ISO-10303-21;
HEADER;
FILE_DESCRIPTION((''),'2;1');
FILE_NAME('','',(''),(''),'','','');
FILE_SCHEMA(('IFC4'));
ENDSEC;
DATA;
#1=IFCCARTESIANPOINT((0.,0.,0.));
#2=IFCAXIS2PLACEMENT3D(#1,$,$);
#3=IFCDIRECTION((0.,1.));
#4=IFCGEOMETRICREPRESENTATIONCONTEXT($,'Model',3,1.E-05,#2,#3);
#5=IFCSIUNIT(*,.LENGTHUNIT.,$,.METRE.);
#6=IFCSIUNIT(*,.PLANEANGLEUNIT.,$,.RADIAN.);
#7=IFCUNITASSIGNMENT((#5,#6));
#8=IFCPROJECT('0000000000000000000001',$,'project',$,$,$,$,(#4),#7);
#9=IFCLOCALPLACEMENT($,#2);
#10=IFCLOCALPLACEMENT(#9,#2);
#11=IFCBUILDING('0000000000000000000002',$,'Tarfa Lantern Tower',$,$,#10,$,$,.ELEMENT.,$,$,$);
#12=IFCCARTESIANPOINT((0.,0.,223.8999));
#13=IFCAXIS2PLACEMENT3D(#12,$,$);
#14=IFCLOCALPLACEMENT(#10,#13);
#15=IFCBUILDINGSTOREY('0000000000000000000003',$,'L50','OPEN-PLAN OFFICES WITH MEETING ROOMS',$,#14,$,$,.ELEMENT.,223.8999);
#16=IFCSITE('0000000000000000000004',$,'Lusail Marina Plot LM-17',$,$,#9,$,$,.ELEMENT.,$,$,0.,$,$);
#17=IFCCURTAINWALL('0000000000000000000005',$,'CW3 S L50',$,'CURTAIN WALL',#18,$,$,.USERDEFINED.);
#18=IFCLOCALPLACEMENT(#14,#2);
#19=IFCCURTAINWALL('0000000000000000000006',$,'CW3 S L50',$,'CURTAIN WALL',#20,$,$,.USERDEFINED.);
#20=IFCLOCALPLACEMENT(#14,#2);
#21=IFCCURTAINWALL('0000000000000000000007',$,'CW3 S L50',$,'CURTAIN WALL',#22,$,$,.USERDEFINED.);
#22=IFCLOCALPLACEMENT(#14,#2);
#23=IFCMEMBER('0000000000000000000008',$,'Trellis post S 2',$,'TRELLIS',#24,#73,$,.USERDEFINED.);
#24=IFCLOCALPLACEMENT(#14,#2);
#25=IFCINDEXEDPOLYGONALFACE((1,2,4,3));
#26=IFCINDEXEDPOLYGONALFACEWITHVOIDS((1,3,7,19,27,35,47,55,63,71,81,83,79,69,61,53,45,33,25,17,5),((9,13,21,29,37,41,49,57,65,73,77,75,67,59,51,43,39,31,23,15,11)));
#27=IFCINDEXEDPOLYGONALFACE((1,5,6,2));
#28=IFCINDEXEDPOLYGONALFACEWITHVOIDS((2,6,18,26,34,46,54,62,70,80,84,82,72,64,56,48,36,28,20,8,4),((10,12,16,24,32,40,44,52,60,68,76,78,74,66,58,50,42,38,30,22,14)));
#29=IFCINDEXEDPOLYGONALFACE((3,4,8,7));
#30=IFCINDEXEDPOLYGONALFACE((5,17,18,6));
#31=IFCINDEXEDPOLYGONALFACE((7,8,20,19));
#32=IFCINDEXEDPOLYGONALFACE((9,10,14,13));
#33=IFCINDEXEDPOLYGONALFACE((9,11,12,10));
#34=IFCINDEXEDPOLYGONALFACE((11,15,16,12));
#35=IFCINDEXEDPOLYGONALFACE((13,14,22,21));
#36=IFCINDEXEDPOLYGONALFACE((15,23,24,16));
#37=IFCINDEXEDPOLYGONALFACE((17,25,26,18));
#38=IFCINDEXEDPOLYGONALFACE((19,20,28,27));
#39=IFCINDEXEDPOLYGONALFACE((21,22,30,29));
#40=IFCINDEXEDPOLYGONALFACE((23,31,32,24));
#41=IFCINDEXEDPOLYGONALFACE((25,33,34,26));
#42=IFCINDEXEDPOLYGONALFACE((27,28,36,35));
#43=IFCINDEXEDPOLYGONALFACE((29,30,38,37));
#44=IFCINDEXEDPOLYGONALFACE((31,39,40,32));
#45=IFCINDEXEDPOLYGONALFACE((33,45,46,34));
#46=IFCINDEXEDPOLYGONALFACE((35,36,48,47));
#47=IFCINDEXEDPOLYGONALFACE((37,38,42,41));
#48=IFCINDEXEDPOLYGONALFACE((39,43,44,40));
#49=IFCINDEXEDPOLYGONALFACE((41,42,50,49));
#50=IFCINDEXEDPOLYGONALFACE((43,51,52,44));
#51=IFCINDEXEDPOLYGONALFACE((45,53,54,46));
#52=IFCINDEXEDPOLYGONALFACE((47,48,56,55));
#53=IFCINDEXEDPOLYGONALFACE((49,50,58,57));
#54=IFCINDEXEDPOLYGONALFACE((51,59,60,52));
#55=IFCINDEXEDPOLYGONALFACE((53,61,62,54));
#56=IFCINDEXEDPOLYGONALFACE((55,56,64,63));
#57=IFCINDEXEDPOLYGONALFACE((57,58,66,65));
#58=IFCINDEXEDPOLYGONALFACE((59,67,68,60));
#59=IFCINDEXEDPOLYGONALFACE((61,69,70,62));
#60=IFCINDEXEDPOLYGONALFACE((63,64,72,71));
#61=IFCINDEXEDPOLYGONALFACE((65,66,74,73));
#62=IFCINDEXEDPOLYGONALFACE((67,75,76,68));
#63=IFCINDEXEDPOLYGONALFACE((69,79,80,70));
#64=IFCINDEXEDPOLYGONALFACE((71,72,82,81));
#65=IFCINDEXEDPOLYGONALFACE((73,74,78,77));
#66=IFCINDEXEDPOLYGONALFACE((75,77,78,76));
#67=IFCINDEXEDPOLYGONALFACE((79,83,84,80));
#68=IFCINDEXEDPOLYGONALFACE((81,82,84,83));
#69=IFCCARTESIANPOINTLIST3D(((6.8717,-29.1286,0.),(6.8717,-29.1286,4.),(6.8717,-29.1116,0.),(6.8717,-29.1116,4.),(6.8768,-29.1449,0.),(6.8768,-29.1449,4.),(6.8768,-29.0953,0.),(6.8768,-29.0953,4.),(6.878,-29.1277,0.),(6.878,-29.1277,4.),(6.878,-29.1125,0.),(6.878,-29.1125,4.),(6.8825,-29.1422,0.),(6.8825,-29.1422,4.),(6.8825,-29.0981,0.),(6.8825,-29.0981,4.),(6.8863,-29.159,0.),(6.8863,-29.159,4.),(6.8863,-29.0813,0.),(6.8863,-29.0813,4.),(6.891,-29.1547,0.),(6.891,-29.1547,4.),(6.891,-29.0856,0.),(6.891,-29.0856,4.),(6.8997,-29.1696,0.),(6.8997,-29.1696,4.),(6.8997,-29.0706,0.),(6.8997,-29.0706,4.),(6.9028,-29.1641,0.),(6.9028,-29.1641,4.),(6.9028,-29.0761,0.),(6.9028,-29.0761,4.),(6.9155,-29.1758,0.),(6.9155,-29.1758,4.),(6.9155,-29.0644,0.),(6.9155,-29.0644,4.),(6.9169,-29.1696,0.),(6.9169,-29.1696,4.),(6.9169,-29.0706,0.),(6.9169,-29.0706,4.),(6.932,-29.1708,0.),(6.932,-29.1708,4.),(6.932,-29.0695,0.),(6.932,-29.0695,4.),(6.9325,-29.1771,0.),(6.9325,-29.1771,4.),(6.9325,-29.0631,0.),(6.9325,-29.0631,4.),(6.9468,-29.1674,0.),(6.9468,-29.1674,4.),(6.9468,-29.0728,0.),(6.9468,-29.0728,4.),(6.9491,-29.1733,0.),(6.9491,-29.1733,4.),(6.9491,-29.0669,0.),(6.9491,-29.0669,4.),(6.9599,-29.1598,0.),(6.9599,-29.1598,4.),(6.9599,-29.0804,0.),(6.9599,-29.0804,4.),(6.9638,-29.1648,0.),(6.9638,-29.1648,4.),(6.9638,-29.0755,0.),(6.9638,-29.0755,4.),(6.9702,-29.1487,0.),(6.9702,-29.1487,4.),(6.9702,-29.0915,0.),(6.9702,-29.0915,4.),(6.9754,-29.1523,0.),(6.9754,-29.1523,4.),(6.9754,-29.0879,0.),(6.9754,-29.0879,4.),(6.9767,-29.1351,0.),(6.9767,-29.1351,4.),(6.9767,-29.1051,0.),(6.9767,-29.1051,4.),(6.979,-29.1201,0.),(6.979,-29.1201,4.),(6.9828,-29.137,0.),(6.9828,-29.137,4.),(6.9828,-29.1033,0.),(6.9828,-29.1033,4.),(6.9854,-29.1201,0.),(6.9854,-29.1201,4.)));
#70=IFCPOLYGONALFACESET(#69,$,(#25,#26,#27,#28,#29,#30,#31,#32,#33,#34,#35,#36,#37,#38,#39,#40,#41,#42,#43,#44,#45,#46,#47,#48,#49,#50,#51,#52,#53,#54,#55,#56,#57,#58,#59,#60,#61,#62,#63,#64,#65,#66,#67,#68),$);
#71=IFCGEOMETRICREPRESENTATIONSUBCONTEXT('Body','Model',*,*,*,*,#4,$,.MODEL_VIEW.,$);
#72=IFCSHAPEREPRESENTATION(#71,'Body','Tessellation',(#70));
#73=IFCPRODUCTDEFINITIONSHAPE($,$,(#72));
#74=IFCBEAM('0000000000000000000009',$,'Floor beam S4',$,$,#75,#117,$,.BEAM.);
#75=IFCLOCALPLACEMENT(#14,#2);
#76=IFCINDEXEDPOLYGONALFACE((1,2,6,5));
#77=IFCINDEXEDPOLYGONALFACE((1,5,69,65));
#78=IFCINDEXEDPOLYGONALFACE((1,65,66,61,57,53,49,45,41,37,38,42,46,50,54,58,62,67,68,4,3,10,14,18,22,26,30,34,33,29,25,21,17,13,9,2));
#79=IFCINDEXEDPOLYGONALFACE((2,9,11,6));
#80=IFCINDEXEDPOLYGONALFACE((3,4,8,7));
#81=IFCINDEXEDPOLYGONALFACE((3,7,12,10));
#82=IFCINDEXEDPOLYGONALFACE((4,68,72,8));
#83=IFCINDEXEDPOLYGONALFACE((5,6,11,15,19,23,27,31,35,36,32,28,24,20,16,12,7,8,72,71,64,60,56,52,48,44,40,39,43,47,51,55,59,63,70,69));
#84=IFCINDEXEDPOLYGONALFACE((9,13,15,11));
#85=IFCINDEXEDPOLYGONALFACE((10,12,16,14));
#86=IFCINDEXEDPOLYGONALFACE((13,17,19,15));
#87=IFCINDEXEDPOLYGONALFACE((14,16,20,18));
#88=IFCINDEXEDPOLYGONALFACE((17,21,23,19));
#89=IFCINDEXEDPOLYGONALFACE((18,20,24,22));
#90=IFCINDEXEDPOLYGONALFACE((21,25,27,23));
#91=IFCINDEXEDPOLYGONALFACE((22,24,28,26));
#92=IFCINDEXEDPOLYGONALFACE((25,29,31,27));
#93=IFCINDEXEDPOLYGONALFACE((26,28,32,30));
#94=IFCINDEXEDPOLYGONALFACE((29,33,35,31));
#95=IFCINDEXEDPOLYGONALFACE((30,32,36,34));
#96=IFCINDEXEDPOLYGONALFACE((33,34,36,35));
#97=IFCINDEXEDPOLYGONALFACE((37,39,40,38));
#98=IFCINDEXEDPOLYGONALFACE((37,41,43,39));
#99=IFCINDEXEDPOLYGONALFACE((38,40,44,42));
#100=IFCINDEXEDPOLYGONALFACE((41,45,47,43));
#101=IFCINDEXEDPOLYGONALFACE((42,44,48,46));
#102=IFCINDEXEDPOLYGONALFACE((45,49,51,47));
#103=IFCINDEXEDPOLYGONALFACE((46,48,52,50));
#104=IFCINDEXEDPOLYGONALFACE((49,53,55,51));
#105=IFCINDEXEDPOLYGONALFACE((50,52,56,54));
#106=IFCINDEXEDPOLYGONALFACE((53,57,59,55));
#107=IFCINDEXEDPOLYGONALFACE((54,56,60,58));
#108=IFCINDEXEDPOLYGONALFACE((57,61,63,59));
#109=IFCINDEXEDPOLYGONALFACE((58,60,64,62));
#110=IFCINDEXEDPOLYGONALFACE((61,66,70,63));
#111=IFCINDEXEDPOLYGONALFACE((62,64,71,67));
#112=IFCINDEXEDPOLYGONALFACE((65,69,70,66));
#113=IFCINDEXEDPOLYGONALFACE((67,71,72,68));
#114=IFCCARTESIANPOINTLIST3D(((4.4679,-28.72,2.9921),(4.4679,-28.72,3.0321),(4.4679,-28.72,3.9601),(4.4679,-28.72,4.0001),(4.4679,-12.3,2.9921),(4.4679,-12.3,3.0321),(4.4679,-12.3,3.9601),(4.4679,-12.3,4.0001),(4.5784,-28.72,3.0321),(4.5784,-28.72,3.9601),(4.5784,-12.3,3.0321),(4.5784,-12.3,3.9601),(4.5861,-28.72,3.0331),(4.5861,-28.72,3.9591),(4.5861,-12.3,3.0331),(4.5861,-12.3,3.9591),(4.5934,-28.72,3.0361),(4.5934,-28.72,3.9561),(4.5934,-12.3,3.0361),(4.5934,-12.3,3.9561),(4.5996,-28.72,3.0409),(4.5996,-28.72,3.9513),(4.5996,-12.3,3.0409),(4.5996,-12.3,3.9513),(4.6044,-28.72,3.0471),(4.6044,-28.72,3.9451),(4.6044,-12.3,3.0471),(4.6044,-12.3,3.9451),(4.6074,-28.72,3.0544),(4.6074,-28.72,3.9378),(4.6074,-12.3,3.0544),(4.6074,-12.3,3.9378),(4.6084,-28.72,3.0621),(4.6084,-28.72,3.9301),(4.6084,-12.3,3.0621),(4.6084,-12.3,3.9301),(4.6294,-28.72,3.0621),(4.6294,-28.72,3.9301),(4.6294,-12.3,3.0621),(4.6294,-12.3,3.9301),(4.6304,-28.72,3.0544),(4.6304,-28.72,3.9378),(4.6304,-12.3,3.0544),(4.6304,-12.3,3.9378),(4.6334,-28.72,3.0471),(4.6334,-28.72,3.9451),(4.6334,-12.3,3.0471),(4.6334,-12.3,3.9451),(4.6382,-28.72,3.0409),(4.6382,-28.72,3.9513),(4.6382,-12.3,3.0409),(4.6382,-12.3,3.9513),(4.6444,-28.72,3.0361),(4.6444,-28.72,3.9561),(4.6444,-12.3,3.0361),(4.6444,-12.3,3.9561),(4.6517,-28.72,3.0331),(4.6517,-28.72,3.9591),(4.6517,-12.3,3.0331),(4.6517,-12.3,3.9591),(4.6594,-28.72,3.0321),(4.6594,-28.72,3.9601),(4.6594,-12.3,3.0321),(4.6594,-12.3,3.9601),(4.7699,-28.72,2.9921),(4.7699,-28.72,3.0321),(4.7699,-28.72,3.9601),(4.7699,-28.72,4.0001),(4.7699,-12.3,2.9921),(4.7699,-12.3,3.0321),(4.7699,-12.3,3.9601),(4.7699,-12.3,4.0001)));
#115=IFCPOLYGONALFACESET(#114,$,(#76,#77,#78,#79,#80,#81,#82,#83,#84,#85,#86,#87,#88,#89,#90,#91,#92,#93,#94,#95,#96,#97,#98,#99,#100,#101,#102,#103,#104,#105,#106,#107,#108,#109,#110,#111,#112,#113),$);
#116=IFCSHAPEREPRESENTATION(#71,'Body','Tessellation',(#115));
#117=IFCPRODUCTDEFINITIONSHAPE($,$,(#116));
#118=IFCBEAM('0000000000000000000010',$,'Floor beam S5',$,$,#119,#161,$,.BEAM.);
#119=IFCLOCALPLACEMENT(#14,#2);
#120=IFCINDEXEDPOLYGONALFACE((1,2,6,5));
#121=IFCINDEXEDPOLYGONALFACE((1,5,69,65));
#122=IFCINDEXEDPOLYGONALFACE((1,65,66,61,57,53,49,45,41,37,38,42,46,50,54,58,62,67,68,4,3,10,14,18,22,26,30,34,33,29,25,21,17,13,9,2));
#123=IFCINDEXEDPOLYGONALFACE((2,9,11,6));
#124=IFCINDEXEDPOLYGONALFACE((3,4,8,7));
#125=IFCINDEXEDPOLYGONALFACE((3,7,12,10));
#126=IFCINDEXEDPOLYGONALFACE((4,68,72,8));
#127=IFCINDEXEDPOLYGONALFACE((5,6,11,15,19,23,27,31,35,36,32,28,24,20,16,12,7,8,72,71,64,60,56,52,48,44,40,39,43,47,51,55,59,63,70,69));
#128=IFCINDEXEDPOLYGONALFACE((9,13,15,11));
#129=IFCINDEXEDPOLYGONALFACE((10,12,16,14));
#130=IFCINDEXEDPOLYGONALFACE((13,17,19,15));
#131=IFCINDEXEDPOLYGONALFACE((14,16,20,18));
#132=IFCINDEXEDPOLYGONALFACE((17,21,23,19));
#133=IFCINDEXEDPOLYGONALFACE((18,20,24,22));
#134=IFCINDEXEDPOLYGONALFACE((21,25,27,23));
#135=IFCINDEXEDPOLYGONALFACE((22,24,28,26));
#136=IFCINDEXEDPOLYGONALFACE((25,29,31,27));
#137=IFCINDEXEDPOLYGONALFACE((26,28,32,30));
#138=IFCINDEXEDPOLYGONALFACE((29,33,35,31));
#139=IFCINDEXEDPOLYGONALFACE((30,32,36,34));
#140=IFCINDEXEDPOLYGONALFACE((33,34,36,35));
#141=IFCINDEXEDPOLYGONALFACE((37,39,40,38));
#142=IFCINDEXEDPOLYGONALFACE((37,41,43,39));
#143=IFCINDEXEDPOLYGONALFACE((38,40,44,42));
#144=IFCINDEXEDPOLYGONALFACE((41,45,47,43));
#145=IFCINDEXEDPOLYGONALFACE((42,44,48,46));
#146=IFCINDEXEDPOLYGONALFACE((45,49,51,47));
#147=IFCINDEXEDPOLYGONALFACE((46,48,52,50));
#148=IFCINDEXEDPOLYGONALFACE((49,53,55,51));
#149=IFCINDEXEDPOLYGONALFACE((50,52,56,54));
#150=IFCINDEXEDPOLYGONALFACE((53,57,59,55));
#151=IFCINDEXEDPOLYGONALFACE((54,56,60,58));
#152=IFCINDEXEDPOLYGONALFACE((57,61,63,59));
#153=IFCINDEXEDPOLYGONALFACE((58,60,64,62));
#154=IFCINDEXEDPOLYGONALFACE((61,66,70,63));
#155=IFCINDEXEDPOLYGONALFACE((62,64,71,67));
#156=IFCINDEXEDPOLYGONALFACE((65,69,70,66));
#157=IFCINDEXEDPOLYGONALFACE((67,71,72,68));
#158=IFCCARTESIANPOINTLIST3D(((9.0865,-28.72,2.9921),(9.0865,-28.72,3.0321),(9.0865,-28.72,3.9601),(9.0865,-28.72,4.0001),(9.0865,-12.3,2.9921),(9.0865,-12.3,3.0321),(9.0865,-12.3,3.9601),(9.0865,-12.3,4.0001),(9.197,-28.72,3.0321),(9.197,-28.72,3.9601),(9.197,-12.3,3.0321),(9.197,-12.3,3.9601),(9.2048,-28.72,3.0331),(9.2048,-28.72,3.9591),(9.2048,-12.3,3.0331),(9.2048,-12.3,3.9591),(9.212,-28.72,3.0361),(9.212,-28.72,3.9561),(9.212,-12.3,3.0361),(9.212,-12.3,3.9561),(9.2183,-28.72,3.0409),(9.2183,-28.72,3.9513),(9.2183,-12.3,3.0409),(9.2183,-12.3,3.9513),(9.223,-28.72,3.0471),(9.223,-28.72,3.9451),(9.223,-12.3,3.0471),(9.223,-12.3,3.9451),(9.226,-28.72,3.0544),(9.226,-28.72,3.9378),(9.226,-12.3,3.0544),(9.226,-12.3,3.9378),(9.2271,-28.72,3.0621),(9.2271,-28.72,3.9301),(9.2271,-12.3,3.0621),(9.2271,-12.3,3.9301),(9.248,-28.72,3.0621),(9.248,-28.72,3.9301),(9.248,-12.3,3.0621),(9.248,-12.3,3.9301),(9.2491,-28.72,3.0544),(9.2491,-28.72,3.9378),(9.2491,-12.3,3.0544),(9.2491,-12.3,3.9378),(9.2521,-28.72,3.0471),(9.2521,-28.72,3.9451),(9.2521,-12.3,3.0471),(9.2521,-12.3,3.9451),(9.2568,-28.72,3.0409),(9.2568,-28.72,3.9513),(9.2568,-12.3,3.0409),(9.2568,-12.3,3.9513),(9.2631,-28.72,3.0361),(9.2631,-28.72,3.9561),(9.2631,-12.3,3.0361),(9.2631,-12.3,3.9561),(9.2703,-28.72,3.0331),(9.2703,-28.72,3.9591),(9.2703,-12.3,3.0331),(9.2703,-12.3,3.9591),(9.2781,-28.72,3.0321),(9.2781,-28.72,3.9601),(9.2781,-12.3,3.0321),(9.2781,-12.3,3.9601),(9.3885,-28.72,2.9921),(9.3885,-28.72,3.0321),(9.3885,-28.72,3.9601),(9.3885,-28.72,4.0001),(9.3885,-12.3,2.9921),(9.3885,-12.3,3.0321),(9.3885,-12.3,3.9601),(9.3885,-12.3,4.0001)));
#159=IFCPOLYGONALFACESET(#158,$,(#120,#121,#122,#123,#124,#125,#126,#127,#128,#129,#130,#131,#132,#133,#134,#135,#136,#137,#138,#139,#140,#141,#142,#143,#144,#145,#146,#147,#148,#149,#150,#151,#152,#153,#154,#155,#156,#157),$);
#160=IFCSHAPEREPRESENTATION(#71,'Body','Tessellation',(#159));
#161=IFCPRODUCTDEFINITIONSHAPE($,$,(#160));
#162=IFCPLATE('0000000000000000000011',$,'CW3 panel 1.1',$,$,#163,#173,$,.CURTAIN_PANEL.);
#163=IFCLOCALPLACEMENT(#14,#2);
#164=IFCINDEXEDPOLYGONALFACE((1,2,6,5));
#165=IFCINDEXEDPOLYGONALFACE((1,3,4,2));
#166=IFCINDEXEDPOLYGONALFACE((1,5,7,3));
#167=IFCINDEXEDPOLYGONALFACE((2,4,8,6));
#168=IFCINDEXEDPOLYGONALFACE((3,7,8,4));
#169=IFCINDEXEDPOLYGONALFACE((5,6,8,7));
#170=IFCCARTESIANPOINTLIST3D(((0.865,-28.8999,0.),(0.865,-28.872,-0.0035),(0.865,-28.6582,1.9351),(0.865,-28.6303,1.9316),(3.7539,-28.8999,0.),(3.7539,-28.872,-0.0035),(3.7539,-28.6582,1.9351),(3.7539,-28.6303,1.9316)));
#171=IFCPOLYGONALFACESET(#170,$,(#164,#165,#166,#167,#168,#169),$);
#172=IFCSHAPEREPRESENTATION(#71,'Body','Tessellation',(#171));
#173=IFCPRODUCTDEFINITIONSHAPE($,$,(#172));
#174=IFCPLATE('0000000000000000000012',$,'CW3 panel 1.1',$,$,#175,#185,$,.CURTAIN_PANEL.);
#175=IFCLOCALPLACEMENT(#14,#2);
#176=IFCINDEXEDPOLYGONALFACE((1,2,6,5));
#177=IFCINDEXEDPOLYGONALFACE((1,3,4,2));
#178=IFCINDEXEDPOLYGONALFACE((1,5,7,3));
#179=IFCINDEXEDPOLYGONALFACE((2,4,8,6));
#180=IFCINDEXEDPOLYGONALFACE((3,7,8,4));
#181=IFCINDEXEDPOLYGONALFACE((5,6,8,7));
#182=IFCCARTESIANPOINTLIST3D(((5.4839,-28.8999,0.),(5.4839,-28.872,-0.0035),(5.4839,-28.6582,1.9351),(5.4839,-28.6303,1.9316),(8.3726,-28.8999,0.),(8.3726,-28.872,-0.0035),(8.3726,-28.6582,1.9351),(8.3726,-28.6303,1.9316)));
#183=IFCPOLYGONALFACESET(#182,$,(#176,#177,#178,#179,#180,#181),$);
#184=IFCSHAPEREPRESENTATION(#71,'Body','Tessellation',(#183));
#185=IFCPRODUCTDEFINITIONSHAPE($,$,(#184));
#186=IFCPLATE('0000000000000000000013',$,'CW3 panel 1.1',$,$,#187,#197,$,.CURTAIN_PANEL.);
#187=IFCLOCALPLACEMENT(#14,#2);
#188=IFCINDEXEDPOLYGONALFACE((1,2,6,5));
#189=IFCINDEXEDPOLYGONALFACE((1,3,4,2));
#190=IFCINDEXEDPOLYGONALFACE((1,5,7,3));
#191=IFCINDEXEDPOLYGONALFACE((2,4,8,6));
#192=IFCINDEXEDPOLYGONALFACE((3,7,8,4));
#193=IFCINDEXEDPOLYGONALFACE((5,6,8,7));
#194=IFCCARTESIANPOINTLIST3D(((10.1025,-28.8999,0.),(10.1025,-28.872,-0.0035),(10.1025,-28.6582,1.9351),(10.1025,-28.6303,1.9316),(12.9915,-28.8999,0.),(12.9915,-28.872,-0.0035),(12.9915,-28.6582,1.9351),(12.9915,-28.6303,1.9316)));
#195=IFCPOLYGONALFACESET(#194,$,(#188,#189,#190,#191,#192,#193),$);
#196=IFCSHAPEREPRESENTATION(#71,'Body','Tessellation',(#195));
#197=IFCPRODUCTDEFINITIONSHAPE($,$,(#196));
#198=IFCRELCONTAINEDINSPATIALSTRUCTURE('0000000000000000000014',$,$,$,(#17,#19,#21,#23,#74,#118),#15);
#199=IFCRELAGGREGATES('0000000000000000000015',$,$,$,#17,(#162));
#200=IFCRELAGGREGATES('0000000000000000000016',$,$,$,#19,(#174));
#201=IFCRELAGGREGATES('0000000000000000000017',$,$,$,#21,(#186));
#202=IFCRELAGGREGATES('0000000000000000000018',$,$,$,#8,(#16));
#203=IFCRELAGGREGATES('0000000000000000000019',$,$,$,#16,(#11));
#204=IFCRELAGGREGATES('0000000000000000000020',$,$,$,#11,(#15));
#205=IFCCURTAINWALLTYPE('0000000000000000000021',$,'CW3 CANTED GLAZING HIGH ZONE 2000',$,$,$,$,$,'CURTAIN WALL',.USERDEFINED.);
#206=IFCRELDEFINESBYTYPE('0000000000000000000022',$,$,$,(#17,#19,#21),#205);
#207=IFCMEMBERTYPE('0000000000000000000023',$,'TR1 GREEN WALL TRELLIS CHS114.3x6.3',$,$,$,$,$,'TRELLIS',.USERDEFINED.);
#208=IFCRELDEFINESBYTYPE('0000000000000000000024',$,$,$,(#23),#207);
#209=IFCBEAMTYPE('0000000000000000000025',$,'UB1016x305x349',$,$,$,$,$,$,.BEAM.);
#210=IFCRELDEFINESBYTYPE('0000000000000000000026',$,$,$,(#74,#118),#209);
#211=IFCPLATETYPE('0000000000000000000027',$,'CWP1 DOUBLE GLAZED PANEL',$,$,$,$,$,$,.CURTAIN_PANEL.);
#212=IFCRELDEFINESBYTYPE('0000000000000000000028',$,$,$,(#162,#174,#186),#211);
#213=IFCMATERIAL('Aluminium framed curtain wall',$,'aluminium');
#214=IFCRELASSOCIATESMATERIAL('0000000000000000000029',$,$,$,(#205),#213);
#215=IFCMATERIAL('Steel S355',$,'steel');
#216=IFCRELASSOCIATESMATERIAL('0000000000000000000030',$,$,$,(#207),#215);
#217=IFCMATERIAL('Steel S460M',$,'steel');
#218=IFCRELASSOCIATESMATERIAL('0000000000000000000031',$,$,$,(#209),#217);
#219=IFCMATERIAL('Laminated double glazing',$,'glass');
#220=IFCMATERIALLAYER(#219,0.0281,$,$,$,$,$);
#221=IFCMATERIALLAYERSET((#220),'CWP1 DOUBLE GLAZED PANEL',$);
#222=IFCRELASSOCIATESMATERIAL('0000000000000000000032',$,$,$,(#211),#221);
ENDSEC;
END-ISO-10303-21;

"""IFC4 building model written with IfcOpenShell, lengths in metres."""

from ifc_helpers import new_model, si_unit, direction, frame, origin, origin_2d, place, context, subcontext, project, spatial, polyline, hollow_circle, i_section, outline, extrude, material, layer, layer_set, material_profile, profile_set, type_object, element, aggregate, save


model = new_model("IFC4")

# Units and contexts
model_context = context("Model", 3, precision=1e-05, world=origin(), true_north=direction((0.0, 1.0)))
body_context = subcontext(model_context, "Body", "Model", "MODEL_VIEW")
ifc_project = project(units=[si_unit("LENGTHUNIT", "METRE"), si_unit("PLANEANGLEUNIT", "RADIAN")], contexts=[model_context])

# Site, building, storey
site_placement = place(None, origin())
site = spatial("IfcSite", under=ifc_project, at=site_placement, Name="Lusail Marina Plot LM-17", CompositionType="ELEMENT", RefElevation=0.0)
building_placement = place(site_placement, origin())
building = spatial("IfcBuilding", under=site, at=building_placement, Name="Tarfa Lantern Tower", CompositionType="ELEMENT")
storey_placement = place(building_placement, frame((0.0, 0.0, 223.8999)))
storey = spatial("IfcBuildingStorey", under=building, at=storey_placement, Name="L50", Description="OPEN-PLAN OFFICES WITH MEETING ROOMS", CompositionType="ELEMENT", Elevation=223.8999)

# Curtain walls
ifc_material_1 = material(Name="Aluminium framed curtain wall", Category="aluminium")
curtain_wall_type = type_object("IfcCurtainWallType", Name="CW3 CANTED GLAZING HIGH ZONE 2000", ElementType="CURTAIN WALL", PredefinedType="USERDEFINED", material=ifc_material_1)
curtain_wall_1_placement = place(storey_placement, origin())
curtain_wall_1 = element("IfcCurtainWall", 1, at=curtain_wall_1_placement, inside=storey, type_object=curtain_wall_type, Name="CW3 S L50", ObjectType="CURTAIN WALL", PredefinedType="USERDEFINED")
curtain_wall_2_placement = place(storey_placement, origin())
curtain_wall_2 = element("IfcCurtainWall", 2, at=curtain_wall_2_placement, inside=storey, type_object=curtain_wall_type, Name="CW3 S L50", ObjectType="CURTAIN WALL", PredefinedType="USERDEFINED")
curtain_wall_3_placement = place(storey_placement, origin())
curtain_wall_3 = element("IfcCurtainWall", 3, at=curtain_wall_3_placement, inside=storey, type_object=curtain_wall_type, Name="CW3 S L50", ObjectType="CURTAIN WALL", PredefinedType="USERDEFINED")

# Member
ifc_material_2 = material(Name="Steel S355", Category="steel")
ifc_material_profile_1 = material_profile(ifc_material_2, hollow_circle(Radius=0.0571, WallThickness=0.0063, at=origin_2d()), Name="CHS114.3x6.3")
ifc_profile_set_1 = profile_set([ifc_material_profile_1], Name="Steel S355")
member_type_1 = type_object("IfcMemberType", Name="TR1 GREEN WALL TRELLIS CHS114.3x6.3", ElementType="TRELLIS", PredefinedType="USERDEFINED", material=ifc_profile_set_1)
member_1_placement = place(storey_placement, frame((6.9282, -29.1201, 0.0), z_axis=(0.0, 0.0, 1.0), x_axis=(1.0, 0.0, 0.0)))
element("IfcMember", 4, at=member_1_placement, inside=storey, type_object=member_type_1, Name="Trellis post S 2", ObjectType="TRELLIS", PredefinedType="USERDEFINED", context=body_context, shape_type="SweptSolid", body=[
    extrude(hollow_circle(Radius=0.0571, WallThickness=0.0063, at=origin_2d()), origin(), (0.0, 0.0, 1.0), 4.0),
])

# Beams
ifc_material_3 = material(Name="Steel S460M", Category="steel")
ifc_material_profile_2 = material_profile(ifc_material_3, i_section(OverallWidth=0.302, OverallDepth=1.0081, WebThickness=0.021, FlangeThickness=0.04, FilletRadius=0.03, at=origin_2d()), Name="UB1016x305x349")
ifc_profile_set_2 = profile_set([ifc_material_profile_2], Name="Steel S460M")
beam_type_1 = type_object("IfcBeamType", Name="UB1016x305x349", PredefinedType="BEAM", material=ifc_profile_set_2)
for number, where, z_axis, x_axis, name in (
    (5, (4.6189, -28.72, 3.4961), (0.0, 1.0, 0.0), (-1.0, 0.0, 0.0), "Floor beam S4"),
    (6, (9.2375, -28.72, 3.4961), (0.0, 1.0, 0.0), (-1.0, 0.0, 0.0), "Floor beam S5"),
):
    element("IfcBeam", number, at=place(storey_placement, frame(where, z_axis=z_axis, x_axis=x_axis)), inside=storey, type_object=beam_type_1, Name=name, PredefinedType="BEAM", context=body_context, shape_type="SweptSolid", body=[
        extrude(i_section(OverallWidth=0.302, OverallDepth=1.0081, WebThickness=0.021, FlangeThickness=0.04, FilletRadius=0.03, at=origin_2d()), origin(), (0.0, 0.0, 1.0), 16.4199),
    ])

# Plates
ifc_material_4 = material(Name="Laminated double glazing", Category="glass")
ifc_layer_1 = layer(ifc_material_4, 0.0281)
ifc_layer_set_1 = layer_set([ifc_layer_1], Name="CWP1 DOUBLE GLAZED PANEL")
plate_type = type_object("IfcPlateType", Name="CWP1 DOUBLE GLAZED PANEL", PredefinedType="CURTAIN_PANEL", material=ifc_layer_set_1)
plate_1_placement = place(storey_placement, frame((0.865, -28.8999, 0.0), z_axis=(0.0, -0.992289, 0.123942), x_axis=(1.0, 0.0, 0.0)))
plate_1 = element("IfcPlate", 7, at=plate_1_placement, type_object=plate_type, Name="CW3 panel 1.1", PredefinedType="CURTAIN_PANEL", context=body_context, shape_type="SweptSolid", body=[
    extrude(outline(polyline([(0.0, 0.0), (2.8889, 0.0), (2.8889, 1.9501), (0.0, 1.9501), (0.0, 0.0)])), origin(), (0.0, 0.0, -1.0), 0.0281),
])
aggregate(curtain_wall_1, [plate_1])
plate_2_placement = place(storey_placement, frame((5.4839, -28.8999, 0.0), z_axis=(0.0, -0.992289, 0.123942), x_axis=(1.0, 0.0, 0.0)))
plate_2 = element("IfcPlate", 8, at=plate_2_placement, type_object=plate_type, Name="CW3 panel 1.1", PredefinedType="CURTAIN_PANEL", context=body_context, shape_type="SweptSolid", body=[
    extrude(outline(polyline([(0.0, 0.0), (2.8887, 0.0), (2.8887, 1.9501), (0.0, 1.9501), (0.0, 0.0)])), origin(), (0.0, 0.0, -1.0), 0.0281),
])
aggregate(curtain_wall_2, [plate_2])
plate_3_placement = place(storey_placement, frame((10.1025, -28.8999, 0.0), z_axis=(0.0, -0.992289, 0.123942), x_axis=(1.0, 0.0, 0.0)))
plate_3 = element("IfcPlate", 9, at=plate_3_placement, type_object=plate_type, Name="CW3 panel 1.1", PredefinedType="CURTAIN_PANEL", context=body_context, shape_type="SweptSolid", body=[
    extrude(outline(polyline([(0.0, 0.0), (2.8889, 0.0), (2.8889, 1.9501), (0.0, 1.9501), (0.0, 0.0)])), origin(), (0.0, 0.0, -1.0), 0.0281),
])
aggregate(curtain_wall_3, [plate_3])

save(model, "model.ifc")
